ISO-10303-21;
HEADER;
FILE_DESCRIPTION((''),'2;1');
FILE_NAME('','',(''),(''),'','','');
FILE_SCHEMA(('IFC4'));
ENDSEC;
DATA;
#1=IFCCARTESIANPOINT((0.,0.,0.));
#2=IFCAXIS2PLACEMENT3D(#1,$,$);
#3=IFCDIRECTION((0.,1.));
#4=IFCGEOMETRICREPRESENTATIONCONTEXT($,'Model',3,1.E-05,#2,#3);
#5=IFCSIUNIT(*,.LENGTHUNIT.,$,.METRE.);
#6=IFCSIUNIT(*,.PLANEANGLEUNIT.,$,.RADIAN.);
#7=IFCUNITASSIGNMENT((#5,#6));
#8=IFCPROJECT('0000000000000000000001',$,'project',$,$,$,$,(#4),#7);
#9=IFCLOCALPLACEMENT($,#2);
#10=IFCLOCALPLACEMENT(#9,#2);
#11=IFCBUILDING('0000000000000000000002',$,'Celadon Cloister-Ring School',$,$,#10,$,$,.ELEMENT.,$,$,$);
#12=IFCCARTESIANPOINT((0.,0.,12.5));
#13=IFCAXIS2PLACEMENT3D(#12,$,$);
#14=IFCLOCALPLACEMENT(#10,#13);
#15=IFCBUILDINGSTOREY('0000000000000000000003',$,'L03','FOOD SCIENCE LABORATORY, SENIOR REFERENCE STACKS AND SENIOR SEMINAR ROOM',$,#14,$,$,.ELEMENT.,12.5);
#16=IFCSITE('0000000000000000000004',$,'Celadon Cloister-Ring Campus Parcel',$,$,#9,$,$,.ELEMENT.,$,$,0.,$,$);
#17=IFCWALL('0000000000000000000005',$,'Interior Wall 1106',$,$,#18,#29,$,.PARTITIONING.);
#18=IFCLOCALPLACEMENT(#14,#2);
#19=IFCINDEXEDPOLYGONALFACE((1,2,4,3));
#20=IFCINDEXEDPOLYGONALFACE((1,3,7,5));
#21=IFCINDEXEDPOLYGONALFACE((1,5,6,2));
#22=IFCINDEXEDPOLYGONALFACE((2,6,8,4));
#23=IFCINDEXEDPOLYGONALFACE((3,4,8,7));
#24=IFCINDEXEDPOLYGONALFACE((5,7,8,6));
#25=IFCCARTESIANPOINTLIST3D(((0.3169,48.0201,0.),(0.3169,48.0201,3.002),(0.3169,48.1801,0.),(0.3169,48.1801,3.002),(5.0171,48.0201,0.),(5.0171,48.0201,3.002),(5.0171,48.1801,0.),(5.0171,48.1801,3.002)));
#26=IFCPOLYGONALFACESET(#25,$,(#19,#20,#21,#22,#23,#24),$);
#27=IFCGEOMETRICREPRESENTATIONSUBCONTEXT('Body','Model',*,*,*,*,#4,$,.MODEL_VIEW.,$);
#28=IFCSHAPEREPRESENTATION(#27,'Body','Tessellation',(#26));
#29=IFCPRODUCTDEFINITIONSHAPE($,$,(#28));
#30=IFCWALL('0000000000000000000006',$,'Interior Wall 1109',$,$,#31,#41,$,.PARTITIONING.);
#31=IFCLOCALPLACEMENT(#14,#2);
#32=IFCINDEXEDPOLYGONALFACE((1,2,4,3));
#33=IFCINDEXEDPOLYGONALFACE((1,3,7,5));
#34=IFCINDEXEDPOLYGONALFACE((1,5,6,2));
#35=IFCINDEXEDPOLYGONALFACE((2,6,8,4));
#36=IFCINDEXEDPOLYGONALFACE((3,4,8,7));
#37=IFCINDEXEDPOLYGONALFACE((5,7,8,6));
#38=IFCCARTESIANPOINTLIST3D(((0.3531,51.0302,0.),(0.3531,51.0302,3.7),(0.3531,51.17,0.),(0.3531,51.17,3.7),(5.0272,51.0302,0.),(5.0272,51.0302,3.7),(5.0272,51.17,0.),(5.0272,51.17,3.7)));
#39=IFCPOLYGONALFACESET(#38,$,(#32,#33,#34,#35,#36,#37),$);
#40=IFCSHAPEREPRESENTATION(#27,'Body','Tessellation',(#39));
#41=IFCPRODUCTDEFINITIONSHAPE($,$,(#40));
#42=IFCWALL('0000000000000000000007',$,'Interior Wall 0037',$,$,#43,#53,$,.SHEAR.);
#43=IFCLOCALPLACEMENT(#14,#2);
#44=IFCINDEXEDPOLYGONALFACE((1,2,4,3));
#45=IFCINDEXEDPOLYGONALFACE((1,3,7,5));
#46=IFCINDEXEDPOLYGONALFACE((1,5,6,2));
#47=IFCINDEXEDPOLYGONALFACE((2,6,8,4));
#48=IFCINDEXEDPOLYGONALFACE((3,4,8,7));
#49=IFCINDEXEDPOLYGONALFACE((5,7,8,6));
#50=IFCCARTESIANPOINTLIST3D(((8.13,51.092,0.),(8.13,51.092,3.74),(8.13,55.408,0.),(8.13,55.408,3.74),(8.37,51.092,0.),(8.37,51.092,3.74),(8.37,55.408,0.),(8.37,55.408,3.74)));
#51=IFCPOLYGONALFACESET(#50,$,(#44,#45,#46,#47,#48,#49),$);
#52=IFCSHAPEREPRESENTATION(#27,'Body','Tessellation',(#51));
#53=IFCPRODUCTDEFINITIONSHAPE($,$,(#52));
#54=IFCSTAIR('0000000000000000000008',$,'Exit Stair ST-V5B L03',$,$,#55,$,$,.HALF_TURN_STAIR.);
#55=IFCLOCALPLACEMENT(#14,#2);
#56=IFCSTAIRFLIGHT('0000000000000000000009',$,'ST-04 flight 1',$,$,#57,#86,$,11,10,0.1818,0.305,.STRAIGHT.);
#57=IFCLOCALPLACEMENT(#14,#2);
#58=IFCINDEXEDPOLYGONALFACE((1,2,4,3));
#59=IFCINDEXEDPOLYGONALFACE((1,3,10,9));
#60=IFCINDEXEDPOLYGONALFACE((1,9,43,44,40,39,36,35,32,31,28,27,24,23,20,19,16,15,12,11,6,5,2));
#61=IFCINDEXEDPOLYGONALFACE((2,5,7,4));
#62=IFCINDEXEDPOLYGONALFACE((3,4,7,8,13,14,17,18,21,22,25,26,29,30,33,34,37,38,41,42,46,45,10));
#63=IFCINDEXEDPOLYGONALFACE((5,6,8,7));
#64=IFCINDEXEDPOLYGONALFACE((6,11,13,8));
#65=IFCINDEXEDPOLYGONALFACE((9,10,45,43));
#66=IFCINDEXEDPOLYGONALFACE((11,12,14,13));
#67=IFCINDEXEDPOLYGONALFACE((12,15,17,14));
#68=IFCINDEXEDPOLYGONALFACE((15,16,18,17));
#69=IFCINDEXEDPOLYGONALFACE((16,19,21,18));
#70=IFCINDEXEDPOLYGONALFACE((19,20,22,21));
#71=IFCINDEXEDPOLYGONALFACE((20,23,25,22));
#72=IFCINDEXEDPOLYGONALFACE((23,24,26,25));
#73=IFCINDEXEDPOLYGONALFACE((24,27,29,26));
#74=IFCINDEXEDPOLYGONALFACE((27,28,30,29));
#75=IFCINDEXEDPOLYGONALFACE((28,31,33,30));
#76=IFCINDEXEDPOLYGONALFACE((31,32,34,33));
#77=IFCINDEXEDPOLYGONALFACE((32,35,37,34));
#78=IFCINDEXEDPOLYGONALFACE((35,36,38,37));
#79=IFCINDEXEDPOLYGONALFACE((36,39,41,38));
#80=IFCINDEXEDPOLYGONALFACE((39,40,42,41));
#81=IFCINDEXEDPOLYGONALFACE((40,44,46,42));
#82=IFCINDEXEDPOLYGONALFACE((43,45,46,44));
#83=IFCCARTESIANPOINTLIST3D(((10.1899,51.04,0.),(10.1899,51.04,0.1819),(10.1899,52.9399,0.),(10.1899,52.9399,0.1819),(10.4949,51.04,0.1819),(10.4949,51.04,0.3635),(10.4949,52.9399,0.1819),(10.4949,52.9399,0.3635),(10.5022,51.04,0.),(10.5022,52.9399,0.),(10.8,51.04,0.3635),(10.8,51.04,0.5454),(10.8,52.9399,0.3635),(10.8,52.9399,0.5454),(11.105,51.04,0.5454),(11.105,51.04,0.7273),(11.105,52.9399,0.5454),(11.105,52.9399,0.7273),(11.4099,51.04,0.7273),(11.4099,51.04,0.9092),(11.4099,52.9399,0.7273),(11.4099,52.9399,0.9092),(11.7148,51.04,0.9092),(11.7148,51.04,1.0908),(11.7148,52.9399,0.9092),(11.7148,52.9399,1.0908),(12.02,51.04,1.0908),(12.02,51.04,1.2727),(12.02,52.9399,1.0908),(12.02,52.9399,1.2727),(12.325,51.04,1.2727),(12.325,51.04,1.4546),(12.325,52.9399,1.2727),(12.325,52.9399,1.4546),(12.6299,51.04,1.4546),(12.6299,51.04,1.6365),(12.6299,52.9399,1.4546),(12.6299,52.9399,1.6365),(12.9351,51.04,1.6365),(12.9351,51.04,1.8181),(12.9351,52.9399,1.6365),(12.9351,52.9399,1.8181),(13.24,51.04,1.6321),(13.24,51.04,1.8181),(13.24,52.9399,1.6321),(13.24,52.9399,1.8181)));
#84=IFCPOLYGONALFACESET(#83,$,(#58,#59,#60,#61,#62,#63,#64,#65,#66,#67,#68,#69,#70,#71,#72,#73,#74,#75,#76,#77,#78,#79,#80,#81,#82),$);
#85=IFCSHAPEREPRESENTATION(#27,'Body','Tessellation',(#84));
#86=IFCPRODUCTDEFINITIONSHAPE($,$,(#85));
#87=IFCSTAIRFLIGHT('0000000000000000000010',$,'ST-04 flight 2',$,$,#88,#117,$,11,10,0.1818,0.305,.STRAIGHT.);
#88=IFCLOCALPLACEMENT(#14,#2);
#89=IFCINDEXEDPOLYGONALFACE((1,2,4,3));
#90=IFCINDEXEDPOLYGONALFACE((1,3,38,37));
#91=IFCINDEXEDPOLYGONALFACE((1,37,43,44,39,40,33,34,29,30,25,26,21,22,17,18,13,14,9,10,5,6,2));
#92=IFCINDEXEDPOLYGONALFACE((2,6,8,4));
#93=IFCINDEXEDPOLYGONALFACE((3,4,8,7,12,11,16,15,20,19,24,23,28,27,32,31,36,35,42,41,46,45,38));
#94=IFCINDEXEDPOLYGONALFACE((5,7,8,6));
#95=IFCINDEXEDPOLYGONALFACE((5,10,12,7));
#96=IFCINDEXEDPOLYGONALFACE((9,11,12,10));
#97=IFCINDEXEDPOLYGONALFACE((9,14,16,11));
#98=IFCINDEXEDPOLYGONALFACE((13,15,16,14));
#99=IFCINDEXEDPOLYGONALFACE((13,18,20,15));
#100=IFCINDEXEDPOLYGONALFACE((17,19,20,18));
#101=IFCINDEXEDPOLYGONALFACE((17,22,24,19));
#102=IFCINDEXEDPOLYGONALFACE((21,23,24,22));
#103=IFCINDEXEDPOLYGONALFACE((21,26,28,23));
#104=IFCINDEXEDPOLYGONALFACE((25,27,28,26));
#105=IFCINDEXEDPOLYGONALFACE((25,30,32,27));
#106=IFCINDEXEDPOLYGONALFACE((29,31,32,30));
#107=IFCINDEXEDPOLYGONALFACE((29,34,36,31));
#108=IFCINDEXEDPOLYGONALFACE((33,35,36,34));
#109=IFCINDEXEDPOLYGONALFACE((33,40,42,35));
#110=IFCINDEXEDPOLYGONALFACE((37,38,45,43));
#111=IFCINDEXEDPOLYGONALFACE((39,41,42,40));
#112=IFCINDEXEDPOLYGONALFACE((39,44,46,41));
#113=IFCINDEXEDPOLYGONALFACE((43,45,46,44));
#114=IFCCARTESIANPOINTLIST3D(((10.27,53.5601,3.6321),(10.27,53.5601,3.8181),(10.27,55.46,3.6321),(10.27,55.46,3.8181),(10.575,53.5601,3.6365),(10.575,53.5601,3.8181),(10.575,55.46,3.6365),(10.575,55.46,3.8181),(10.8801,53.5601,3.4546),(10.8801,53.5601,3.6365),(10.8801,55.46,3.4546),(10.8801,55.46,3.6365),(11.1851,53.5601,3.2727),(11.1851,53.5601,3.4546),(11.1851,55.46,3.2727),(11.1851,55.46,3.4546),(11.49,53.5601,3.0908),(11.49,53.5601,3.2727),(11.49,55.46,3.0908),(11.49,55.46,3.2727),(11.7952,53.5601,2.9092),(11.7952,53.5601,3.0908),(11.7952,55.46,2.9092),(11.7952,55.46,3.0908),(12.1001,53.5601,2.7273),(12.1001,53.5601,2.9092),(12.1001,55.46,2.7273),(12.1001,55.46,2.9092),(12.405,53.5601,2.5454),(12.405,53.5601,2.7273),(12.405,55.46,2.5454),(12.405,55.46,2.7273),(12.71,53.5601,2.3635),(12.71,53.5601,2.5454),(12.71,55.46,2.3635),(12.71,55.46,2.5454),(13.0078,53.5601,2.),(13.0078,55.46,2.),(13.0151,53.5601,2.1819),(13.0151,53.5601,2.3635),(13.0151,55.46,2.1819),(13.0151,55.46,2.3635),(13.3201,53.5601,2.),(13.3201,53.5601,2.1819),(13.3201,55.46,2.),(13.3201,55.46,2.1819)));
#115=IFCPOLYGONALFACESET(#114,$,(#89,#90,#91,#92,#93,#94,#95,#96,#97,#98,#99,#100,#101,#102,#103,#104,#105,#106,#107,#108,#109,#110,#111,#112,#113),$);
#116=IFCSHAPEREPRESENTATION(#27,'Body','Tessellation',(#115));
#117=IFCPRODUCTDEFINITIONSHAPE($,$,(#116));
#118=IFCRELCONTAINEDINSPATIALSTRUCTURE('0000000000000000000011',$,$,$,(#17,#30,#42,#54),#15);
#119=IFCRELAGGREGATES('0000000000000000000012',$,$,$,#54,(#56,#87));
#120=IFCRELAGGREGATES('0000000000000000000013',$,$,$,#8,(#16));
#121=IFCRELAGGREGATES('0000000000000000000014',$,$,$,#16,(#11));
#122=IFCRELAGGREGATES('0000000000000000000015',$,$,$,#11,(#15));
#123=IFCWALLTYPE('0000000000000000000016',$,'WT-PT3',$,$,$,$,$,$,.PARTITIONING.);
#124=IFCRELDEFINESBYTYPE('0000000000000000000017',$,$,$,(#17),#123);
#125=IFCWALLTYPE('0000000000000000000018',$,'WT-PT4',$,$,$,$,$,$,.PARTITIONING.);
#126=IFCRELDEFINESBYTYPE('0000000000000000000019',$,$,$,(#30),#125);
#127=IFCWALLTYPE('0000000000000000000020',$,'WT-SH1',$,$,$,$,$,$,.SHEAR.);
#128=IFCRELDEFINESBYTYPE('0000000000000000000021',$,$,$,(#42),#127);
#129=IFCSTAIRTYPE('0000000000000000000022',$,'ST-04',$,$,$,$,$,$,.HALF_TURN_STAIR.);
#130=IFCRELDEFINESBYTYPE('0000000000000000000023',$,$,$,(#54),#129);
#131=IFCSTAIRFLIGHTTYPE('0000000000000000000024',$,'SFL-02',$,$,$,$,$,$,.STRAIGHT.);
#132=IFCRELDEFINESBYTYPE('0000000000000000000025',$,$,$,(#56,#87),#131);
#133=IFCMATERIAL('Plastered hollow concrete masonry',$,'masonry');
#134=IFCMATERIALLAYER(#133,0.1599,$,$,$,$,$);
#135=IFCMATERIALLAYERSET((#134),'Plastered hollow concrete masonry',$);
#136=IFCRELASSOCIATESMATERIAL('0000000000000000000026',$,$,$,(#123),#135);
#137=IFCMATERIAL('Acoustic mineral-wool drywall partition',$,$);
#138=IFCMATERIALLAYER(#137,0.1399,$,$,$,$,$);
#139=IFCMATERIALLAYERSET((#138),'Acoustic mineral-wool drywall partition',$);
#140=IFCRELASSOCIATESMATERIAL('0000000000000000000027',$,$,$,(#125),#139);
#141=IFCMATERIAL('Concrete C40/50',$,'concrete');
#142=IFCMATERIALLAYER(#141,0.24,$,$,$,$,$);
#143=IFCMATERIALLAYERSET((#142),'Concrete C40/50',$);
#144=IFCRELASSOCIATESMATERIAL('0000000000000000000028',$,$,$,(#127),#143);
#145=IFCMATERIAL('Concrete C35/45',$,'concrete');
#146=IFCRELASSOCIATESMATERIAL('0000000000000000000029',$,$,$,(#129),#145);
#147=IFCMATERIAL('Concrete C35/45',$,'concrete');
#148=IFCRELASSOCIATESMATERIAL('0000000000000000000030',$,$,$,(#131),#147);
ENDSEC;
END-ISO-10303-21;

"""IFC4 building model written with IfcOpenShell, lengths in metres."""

from ifc_helpers import new_model, si_unit, direction, frame, frame_2d, origin, place, context, subcontext, project, spatial, polyline, rectangle, outline, extrude, material, layer, layer_set, type_object, element, aggregate, save


model = new_model("IFC4")

# Units and contexts
model_context = context("Model", 3, precision=1e-05, world=origin(), true_north=direction((0.0, 1.0)))
body_context = subcontext(model_context, "Body", "Model", "MODEL_VIEW")
ifc_project = project(units=[si_unit("LENGTHUNIT", "METRE"), si_unit("PLANEANGLEUNIT", "RADIAN")], contexts=[model_context])

# Site, building, storey
site_placement = place(None, origin())
site = spatial("IfcSite", under=ifc_project, at=site_placement, Name="Celadon Cloister-Ring Campus Parcel", CompositionType="ELEMENT", RefElevation=0.0)
building_placement = place(site_placement, origin())
building = spatial("IfcBuilding", under=site, at=building_placement, Name="Celadon Cloister-Ring School", CompositionType="ELEMENT")
storey_placement = place(building_placement, frame((0.0, 0.0, 12.5)))
storey = spatial("IfcBuildingStorey", under=building, at=storey_placement, Name="L03", Description="FOOD SCIENCE LABORATORY, SENIOR REFERENCE STACKS AND SENIOR SEMINAR ROOM", CompositionType="ELEMENT", Elevation=12.5)

# Shared definitions
ifc_material_1 = material(Name="Plastered hollow concrete masonry", Category="masonry")
ifc_layer_1 = layer(ifc_material_1, 0.1599)
ifc_layer_set_1 = layer_set([ifc_layer_1], Name="Plastered hollow concrete masonry")
wall_type_1 = type_object("IfcWallType", Name="WT-PT3", PredefinedType="PARTITIONING", material=ifc_layer_set_1)

# Walls
wall_1_placement = place(storey_placement, frame((5.0171, 48.1001, 0.0), z_axis=(0.0, 0.0, 1.0), x_axis=(-1.0, 0.0, 0.0)))
element("IfcWall", 1, at=wall_1_placement, inside=storey, type_object=wall_type_1, Name="Interior Wall 1106", PredefinedType="PARTITIONING", context=body_context, shape_type="SweptSolid", body=[
    extrude(rectangle(XDim=4.7002, YDim=0.1599, at=frame_2d((2.3501, 0.0))), origin(), (0.0, 0.0, 1.0), 3.002),
])
ifc_material_2 = material(Name="Acoustic mineral-wool drywall partition")
ifc_layer_2 = layer(ifc_material_2, 0.1399)
ifc_layer_set_2 = layer_set([ifc_layer_2], Name="Acoustic mineral-wool drywall partition")
wall_type_2 = type_object("IfcWallType", Name="WT-PT4", PredefinedType="PARTITIONING", material=ifc_layer_set_2)
wall_2_placement = place(storey_placement, frame((5.0271, 51.1001, 0.0), z_axis=(0.0, 0.0, 1.0), x_axis=(-1.0, 0.0, 0.0)))
element("IfcWall", 2, at=wall_2_placement, inside=storey, type_object=wall_type_2, Name="Interior Wall 1109", PredefinedType="PARTITIONING", context=body_context, shape_type="SweptSolid", body=[
    extrude(rectangle(XDim=4.6741, YDim=0.1399, at=frame_2d((2.3369, 0.0))), origin(), (0.0, 0.0, 1.0), 3.7),
])
ifc_material_3 = material(Name="Concrete C40/50", Category="concrete")
ifc_layer_3 = layer(ifc_material_3, 0.24)
ifc_layer_set_3 = layer_set([ifc_layer_3], Name="Concrete C40/50")
wall_type_3 = type_object("IfcWallType", Name="WT-SH1", PredefinedType="SHEAR", material=ifc_layer_set_3)
wall_3_placement = place(storey_placement, frame((8.25, 51.092, 0.0), z_axis=(0.0, 0.0, 1.0), x_axis=(0.0, 1.0, 0.0)))
element("IfcWall", 3, at=wall_3_placement, inside=storey, type_object=wall_type_3, Name="Interior Wall 0037", PredefinedType="SHEAR", context=body_context, shape_type="SweptSolid", body=[
    extrude(rectangle(XDim=4.3159, YDim=0.24, at=frame_2d((2.158, 0.0))), origin(), (0.0, 0.0, 1.0), 3.74),
])

# Stair, stair flights
ifc_material_4 = material(Name="Concrete C35/45", Category="concrete")
stair_type = type_object("IfcStairType", Name="ST-04", PredefinedType="HALF_TURN_STAIR", material=ifc_material_4)
stair_placement = place(storey_placement, origin())
stair = element("IfcStair", 4, at=stair_placement, inside=storey, type_object=stair_type, Name="Exit Stair ST-V5B L03", PredefinedType="HALF_TURN_STAIR")
ifc_material_5 = material(Name="Concrete C35/45", Category="concrete")
stair_flight_type = type_object("IfcStairFlightType", Name="SFL-02", PredefinedType="STRAIGHT", material=ifc_material_5)
stair_flight_1_placement = place(storey_placement, frame((10.1899, 51.99, 0.0), z_axis=(0.0, 0.0, 1.0), x_axis=(1.0, 0.0, 0.0)))
stair_flight_1 = element("IfcStairFlight", 5, at=stair_flight_1_placement, type_object=stair_flight_type, Name="ST-04 flight 1", NumberOfRisers=11, NumberOfTreads=10, PredefinedType="STRAIGHT", RiserHeight=0.1818, TreadLength=0.305, context=body_context, shape_type="SweptSolid", body=[
    extrude(outline(polyline([(0.0, 0.0), (0.0, 0.1819), (0.3049, 0.1819), (0.3049, 0.3635), (0.6101, 0.3635), (0.6101, 0.5454), (0.915, 0.5454), (0.915, 0.7273), (1.22, 0.7273), (1.22, 0.9092), (1.5249, 0.9092), (1.5249, 1.0908), (1.8301, 1.0908), (1.8301, 1.2727), (2.135, 1.2727), (2.135, 1.4546), (2.4399, 1.4546), (2.4399, 1.6365), (2.7451, 1.6365), (2.7451, 1.8181), (3.05, 1.8181), (3.05, 2.0), (3.05, 1.6321), (0.3123, 0.0), (0.0, 0.0)])), frame((0.0, 0.95, 0.0), z_axis=(0.0, -1.0, 0.0), x_axis=(1.0, 0.0, 0.0)), (0.0, 0.0, 1.0), 1.8999),
])
stair_flight_2_placement = place(storey_placement, frame((13.3201, 54.51, 2.0), z_axis=(0.0, 0.0, 1.0), x_axis=(-1.0, 0.0, 0.0)))
stair_flight_2 = element("IfcStairFlight", 6, at=stair_flight_2_placement, type_object=stair_flight_type, Name="ST-04 flight 2", NumberOfRisers=11, NumberOfTreads=10, PredefinedType="STRAIGHT", RiserHeight=0.1818, TreadLength=0.305, context=body_context, shape_type="SweptSolid", body=[
    extrude(outline(polyline([(0.0, 0.0), (0.0, 0.1819), (0.3049, 0.1819), (0.3049, 0.3635), (0.6101, 0.3635), (0.6101, 0.5454), (0.915, 0.5454), (0.915, 0.7273), (1.22, 0.7273), (1.22, 0.9092), (1.5249, 0.9092), (1.5249, 1.0908), (1.8301, 1.0908), (1.8301, 1.2727), (2.135, 1.2727), (2.135, 1.4546), (2.4399, 1.4546), (2.4399, 1.6365), (2.7451, 1.6365), (2.7451, 1.8181), (3.05, 1.8181), (3.05, 2.0), (3.05, 1.6321), (0.3123, 0.0), (0.0, 0.0)])), frame((0.0, 0.95, 0.0), z_axis=(0.0, -1.0, 0.0), x_axis=(1.0, 0.0, 0.0)), (0.0, 0.0, 1.0), 1.8999),
])
aggregate(stair, [stair_flight_1, stair_flight_2])

save(model, "model.ifc")
